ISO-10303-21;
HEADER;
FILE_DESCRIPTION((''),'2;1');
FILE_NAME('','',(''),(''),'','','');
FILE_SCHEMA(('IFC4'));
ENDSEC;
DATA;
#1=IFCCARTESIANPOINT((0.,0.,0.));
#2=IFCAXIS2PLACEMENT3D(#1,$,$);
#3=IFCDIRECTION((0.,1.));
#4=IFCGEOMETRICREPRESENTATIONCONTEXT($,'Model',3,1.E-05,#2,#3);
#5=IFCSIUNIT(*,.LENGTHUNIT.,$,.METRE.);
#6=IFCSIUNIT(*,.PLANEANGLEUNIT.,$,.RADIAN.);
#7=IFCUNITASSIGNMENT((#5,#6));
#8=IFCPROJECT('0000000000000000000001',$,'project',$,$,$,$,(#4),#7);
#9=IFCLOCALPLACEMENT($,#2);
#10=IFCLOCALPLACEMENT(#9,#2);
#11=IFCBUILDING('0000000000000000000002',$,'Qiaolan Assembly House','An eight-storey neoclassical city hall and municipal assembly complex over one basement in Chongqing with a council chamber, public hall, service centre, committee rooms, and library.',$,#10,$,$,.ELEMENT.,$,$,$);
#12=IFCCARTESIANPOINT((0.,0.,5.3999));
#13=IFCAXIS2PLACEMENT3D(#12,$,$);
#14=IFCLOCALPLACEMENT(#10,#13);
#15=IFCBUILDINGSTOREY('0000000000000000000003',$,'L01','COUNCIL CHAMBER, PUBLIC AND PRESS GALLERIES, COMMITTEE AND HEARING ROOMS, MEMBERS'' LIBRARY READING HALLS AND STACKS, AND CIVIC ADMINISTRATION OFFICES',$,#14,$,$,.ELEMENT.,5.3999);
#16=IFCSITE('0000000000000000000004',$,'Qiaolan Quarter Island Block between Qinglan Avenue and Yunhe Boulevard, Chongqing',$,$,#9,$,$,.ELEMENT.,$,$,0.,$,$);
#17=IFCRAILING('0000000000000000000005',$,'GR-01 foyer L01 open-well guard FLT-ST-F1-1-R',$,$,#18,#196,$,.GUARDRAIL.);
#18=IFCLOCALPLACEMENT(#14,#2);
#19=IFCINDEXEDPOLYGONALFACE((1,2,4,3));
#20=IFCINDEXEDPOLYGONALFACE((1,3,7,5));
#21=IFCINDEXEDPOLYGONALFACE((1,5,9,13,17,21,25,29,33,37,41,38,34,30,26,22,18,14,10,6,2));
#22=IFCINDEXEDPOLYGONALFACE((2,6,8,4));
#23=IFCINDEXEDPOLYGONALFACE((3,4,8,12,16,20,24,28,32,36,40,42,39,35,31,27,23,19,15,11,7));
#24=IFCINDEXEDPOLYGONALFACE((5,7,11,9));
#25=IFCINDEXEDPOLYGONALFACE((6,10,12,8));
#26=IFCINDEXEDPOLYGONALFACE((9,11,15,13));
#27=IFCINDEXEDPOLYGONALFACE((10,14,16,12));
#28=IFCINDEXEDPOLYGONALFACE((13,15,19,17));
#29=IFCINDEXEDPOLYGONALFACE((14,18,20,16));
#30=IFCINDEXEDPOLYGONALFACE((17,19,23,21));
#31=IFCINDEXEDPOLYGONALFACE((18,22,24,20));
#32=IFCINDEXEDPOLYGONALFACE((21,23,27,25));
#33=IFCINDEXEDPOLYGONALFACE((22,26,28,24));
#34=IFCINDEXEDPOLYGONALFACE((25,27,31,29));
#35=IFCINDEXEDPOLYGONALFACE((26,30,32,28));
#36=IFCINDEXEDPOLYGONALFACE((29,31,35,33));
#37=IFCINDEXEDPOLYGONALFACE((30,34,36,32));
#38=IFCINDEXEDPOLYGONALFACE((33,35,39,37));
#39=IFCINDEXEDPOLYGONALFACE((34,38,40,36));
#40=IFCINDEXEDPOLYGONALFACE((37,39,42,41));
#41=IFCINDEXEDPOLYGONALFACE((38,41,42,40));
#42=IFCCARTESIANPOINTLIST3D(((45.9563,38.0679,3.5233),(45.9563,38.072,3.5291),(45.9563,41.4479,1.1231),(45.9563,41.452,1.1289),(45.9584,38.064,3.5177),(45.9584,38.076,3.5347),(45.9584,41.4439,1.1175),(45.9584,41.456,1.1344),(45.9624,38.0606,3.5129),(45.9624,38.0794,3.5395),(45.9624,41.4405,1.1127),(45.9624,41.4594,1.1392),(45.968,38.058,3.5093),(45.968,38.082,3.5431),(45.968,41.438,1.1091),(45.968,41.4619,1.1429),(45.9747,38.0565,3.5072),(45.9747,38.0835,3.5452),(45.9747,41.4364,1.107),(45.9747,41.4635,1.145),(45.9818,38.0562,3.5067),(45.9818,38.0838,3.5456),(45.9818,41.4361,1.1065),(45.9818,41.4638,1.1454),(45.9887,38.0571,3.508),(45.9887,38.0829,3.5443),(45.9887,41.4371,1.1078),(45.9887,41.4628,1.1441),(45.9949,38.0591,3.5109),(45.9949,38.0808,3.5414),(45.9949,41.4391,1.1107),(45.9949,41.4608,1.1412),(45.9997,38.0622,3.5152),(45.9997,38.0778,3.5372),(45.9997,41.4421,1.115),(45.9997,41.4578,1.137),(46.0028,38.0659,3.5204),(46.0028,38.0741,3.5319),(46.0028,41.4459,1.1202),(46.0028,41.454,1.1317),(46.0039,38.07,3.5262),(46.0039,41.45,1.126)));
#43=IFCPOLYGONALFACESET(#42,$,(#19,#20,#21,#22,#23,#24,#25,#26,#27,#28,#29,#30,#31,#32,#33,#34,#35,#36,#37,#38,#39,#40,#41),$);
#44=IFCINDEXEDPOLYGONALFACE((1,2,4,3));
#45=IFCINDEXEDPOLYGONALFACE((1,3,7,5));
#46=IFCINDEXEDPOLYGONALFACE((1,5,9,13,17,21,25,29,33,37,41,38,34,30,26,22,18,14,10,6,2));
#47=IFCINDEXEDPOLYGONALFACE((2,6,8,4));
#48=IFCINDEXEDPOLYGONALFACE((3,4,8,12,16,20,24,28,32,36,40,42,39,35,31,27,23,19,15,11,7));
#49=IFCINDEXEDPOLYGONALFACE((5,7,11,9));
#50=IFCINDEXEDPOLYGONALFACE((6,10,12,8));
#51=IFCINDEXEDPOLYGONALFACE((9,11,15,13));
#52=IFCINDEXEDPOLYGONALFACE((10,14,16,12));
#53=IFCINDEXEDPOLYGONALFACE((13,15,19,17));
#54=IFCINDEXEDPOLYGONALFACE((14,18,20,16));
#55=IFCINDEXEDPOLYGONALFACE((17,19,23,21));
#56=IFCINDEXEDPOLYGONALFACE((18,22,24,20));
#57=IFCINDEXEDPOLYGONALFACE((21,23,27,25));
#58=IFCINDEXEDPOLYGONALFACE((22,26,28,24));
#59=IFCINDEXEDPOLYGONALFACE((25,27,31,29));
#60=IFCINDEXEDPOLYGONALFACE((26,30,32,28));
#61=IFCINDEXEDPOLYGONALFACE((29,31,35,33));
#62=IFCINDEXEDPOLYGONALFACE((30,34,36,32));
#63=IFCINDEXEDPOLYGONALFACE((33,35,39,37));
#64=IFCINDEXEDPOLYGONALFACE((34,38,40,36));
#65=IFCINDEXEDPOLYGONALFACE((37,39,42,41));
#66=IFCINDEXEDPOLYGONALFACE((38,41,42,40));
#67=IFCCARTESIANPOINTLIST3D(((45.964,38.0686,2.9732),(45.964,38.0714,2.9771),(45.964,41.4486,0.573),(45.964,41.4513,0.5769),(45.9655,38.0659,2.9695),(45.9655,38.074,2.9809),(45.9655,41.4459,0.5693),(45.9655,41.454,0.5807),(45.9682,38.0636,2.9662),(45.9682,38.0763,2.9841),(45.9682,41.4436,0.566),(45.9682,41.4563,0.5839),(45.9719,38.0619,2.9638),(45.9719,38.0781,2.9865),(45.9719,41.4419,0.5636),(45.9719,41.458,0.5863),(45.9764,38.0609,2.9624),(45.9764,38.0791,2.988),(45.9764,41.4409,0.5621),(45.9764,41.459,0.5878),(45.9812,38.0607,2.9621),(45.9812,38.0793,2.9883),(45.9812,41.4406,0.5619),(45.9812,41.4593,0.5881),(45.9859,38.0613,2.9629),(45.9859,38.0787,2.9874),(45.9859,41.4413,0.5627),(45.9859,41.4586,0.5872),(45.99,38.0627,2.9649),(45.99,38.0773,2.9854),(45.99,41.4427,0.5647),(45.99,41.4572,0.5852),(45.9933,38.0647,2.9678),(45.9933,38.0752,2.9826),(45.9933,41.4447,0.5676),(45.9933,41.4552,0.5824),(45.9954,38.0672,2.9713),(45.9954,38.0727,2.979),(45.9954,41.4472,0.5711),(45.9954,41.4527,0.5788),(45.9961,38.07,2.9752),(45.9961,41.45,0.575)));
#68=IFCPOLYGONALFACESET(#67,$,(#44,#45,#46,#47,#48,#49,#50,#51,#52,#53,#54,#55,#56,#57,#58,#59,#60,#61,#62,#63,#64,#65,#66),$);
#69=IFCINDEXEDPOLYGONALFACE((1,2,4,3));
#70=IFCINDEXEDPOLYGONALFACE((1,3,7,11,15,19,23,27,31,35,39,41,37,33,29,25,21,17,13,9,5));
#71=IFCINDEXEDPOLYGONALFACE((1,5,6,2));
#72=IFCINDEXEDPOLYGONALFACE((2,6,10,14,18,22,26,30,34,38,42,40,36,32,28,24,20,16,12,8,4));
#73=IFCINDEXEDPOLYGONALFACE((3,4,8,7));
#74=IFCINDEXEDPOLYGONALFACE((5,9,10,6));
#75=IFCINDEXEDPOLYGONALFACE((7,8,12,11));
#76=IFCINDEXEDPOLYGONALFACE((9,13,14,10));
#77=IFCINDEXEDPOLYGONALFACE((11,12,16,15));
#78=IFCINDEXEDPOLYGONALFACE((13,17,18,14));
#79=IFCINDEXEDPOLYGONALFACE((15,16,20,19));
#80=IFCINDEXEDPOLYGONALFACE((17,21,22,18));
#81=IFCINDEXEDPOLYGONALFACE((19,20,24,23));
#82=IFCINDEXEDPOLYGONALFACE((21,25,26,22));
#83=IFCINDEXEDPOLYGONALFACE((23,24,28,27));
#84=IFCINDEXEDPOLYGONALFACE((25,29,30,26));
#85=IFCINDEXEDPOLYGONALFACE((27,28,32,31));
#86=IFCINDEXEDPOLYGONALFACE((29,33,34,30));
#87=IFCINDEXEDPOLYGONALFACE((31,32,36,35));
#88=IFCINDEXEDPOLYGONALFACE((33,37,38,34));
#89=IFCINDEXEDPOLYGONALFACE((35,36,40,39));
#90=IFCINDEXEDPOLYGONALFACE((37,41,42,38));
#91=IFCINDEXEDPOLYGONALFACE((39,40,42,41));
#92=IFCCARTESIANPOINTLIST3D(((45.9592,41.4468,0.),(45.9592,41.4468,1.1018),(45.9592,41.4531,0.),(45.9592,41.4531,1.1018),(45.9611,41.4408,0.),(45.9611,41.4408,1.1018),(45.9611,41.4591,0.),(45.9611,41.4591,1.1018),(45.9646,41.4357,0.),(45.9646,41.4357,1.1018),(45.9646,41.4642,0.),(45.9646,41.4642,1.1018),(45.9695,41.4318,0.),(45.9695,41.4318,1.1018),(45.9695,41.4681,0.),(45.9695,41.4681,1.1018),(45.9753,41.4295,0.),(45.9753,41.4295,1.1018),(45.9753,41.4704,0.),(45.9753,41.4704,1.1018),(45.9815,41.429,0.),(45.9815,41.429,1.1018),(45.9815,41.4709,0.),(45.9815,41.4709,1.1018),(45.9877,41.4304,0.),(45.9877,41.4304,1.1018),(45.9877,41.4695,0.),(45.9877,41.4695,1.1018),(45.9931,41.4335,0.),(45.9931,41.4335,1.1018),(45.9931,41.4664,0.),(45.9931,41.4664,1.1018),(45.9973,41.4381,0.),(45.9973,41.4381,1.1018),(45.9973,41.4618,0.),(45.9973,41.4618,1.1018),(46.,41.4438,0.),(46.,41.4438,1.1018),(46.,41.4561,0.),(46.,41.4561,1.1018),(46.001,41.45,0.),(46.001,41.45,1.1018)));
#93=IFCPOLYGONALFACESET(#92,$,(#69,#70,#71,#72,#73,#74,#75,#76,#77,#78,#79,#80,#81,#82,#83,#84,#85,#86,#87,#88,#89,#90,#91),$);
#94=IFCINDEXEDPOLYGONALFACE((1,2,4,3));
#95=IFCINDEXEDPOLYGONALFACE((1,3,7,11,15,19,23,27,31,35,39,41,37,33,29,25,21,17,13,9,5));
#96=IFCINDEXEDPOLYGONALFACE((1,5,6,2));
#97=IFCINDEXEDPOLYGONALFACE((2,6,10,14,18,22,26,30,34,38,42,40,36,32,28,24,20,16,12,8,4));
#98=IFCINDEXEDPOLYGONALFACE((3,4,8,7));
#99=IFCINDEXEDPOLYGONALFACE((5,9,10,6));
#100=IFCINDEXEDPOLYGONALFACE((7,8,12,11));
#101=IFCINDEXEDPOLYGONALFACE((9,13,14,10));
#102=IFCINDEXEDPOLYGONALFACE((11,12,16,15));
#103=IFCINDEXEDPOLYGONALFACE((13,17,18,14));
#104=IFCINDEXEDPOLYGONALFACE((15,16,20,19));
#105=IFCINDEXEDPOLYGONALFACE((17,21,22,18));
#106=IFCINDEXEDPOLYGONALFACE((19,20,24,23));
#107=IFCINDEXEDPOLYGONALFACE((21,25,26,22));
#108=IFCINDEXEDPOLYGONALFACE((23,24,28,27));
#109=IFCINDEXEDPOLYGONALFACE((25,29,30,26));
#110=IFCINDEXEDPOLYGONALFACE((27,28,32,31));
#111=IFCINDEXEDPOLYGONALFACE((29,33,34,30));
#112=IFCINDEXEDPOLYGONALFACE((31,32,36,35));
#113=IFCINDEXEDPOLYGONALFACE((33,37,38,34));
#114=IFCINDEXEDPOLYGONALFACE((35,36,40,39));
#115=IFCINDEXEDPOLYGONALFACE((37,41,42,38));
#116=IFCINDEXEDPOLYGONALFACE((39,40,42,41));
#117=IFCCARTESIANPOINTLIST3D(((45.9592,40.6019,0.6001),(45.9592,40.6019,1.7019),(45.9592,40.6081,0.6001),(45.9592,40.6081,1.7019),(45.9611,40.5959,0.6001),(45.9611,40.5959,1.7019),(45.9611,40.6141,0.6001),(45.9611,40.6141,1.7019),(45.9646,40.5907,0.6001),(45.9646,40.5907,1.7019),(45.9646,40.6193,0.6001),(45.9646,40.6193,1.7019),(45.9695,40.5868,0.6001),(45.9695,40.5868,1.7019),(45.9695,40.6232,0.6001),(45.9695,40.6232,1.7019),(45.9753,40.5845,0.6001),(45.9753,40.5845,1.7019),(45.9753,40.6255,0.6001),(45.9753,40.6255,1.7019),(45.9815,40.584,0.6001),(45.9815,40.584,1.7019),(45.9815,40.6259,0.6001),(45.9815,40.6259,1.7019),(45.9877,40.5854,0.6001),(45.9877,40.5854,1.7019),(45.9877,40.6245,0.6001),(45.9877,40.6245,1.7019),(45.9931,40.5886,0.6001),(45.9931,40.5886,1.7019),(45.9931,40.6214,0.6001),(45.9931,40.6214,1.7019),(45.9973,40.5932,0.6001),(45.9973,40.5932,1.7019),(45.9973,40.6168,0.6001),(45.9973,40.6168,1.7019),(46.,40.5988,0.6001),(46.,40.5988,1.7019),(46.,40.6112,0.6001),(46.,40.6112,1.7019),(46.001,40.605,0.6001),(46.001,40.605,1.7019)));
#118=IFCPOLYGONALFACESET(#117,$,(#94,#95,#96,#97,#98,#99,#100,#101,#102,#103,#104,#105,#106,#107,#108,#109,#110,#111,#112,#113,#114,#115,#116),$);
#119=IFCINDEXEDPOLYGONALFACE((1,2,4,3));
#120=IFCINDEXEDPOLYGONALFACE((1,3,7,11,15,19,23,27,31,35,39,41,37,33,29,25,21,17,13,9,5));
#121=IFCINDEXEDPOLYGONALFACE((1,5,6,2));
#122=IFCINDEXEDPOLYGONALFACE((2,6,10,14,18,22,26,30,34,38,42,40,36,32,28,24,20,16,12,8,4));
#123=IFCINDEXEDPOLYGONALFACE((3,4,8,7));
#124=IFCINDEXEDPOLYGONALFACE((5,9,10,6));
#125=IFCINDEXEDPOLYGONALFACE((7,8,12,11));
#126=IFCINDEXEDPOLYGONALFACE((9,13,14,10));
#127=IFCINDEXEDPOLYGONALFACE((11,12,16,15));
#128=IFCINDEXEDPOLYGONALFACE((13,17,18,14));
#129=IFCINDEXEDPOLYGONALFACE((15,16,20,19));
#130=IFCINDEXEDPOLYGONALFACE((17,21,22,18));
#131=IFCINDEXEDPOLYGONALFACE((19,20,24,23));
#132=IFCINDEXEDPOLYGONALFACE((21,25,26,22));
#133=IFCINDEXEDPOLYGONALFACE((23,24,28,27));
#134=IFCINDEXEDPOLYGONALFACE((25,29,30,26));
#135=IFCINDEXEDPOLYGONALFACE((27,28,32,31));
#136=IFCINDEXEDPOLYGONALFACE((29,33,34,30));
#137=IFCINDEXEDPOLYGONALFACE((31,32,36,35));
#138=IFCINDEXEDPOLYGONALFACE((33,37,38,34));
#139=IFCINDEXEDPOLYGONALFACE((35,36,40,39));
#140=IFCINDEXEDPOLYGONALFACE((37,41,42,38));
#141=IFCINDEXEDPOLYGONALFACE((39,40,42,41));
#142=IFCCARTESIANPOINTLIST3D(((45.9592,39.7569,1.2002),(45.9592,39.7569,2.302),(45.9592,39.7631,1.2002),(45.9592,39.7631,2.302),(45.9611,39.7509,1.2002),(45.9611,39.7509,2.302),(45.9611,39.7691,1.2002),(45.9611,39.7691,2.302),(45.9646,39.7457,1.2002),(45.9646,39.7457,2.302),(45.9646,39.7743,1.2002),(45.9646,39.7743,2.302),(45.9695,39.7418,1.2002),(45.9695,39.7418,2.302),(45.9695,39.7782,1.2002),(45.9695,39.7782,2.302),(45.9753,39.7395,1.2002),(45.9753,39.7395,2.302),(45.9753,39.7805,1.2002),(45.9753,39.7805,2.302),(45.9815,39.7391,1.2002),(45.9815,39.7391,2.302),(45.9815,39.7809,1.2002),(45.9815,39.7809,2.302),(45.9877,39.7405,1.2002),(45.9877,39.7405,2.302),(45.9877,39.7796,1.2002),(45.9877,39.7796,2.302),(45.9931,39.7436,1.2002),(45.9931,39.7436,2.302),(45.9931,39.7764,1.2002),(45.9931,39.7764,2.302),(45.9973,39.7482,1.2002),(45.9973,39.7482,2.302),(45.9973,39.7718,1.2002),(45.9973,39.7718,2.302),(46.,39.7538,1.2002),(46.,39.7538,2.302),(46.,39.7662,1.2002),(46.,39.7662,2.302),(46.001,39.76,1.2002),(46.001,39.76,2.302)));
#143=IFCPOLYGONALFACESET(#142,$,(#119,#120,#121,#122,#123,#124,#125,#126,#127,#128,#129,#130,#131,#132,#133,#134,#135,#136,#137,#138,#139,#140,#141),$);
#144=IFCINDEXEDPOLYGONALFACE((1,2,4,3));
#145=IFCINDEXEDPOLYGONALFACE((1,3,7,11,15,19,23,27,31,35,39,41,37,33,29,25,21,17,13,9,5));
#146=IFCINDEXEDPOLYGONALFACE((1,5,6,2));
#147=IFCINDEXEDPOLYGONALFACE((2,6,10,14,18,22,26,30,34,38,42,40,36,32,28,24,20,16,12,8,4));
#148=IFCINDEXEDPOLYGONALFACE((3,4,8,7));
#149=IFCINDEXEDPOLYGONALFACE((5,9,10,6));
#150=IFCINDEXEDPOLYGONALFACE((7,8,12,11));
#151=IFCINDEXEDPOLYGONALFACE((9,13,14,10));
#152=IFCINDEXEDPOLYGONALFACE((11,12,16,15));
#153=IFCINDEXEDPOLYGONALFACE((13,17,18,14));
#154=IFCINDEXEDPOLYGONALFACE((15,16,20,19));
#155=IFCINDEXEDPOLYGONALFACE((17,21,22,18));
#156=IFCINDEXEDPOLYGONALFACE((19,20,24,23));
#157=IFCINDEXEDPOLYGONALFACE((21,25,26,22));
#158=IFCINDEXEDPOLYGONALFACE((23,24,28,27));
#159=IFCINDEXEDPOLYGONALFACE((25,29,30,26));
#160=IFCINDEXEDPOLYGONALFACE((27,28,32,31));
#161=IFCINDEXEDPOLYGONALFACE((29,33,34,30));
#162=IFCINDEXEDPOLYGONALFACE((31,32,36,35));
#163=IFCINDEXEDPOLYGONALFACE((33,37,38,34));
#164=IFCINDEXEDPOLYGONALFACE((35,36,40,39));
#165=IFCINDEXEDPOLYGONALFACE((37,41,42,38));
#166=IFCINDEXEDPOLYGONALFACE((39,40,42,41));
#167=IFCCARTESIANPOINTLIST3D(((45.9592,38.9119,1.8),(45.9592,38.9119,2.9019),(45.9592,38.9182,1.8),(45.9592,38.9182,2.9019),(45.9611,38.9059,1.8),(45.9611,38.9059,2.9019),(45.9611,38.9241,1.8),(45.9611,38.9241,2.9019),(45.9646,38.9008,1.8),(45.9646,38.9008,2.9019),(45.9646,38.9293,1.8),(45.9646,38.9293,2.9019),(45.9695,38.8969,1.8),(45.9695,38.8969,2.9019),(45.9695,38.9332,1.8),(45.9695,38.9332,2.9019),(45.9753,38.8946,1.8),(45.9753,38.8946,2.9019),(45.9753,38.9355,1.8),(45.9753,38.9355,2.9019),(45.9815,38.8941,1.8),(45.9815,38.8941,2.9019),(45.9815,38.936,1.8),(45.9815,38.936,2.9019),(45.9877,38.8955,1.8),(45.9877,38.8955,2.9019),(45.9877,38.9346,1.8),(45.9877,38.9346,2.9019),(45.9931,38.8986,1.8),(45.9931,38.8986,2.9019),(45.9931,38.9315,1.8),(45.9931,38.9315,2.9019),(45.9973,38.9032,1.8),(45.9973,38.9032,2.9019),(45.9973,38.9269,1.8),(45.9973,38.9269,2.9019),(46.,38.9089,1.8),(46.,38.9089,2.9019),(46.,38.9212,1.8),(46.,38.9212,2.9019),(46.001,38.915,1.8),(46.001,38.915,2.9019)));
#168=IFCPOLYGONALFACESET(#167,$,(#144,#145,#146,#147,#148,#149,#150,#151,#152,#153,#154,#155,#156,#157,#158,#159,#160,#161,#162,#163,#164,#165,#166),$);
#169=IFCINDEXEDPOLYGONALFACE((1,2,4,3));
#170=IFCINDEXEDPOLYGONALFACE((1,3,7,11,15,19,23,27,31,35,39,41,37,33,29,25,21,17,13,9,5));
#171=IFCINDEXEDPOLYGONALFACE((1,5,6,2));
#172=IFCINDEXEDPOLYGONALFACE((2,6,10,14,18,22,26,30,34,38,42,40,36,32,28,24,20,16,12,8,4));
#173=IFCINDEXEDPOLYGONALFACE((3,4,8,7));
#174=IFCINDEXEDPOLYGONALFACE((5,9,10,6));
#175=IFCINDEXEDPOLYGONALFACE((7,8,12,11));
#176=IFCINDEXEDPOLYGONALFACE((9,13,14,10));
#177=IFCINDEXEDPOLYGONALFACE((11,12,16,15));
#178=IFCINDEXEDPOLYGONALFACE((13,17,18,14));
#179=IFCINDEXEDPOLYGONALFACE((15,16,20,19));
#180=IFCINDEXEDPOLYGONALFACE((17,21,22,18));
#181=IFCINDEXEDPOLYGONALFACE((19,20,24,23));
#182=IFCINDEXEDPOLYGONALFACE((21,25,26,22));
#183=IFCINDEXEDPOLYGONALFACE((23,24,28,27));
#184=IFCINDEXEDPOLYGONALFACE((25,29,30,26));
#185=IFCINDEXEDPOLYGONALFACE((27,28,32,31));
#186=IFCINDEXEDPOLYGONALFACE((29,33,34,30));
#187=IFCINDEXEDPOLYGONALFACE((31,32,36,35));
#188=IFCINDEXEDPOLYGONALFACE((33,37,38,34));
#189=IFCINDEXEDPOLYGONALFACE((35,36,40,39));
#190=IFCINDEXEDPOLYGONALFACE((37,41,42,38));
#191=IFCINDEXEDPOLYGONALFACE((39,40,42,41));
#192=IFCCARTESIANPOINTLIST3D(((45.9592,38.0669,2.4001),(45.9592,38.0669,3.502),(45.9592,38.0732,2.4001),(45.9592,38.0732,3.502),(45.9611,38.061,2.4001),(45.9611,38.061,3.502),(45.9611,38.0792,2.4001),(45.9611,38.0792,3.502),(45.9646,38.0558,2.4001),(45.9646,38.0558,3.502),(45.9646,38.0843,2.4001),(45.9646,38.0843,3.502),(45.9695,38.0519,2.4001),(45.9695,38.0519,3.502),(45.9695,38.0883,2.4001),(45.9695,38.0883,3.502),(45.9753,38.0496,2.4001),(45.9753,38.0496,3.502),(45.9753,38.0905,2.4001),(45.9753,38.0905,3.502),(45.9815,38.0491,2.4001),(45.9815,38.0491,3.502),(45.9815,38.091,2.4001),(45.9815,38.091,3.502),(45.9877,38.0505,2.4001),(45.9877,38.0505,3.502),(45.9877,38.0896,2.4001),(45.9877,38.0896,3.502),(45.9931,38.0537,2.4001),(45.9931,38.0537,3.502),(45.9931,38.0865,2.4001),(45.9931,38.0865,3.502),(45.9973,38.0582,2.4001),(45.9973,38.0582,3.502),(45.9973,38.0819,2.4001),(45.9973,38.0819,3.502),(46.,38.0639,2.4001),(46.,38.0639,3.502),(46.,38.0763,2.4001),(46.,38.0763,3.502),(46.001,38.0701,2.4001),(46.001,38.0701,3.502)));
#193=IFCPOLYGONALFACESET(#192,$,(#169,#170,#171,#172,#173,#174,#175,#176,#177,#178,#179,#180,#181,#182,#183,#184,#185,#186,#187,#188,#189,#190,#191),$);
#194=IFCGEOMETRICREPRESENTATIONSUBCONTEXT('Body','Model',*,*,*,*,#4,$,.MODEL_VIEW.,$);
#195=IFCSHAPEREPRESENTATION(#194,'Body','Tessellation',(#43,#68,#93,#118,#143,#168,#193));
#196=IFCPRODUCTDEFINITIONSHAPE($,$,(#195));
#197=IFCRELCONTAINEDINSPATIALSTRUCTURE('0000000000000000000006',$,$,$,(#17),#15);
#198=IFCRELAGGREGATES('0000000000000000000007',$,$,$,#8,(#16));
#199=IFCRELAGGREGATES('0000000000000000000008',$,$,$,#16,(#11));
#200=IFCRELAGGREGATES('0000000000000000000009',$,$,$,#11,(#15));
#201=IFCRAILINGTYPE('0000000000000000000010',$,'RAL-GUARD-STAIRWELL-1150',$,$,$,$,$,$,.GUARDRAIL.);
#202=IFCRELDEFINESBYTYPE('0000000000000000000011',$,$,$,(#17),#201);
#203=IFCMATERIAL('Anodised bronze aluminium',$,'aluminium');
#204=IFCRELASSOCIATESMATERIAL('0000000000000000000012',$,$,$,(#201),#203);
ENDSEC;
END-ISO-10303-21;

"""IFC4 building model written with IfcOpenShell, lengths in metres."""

from ifc_helpers import new_model, si_unit, direction, frame, origin, origin_2d, place, context, subcontext, project, spatial, circle, extrude, material, type_object, element, save


model = new_model("IFC4")

# Units and contexts
model_context = context("Model", 3, precision=1e-05, world=origin(), true_north=direction((0.0, 1.0)))
body_context = subcontext(model_context, "Body", "Model", "MODEL_VIEW")
ifc_project = project(units=[si_unit("LENGTHUNIT", "METRE"), si_unit("PLANEANGLEUNIT", "RADIAN")], contexts=[model_context])

# Site, building, storey
site_placement = place(None, origin())
site = spatial("IfcSite", under=ifc_project, at=site_placement, Name="Qiaolan Quarter Island Block between Qinglan Avenue and Yunhe Boulevard, Chongqing", CompositionType="ELEMENT", RefElevation=0.0)
building_placement = place(site_placement, origin())
building = spatial("IfcBuilding", under=site, at=building_placement, Name="Qiaolan Assembly House", Description="An eight-storey neoclassical city hall and municipal assembly complex over one basement in Chongqing with a council chamber, public hall, service centre, committee rooms, and library.", CompositionType="ELEMENT")
storey_placement = place(building_placement, frame((0.0, 0.0, 5.3999)))
storey = spatial("IfcBuildingStorey", under=building, at=storey_placement, Name="L01", Description="COUNCIL CHAMBER, PUBLIC AND PRESS GALLERIES, COMMITTEE AND HEARING ROOMS, MEMBERS' LIBRARY READING HALLS AND STACKS, AND CIVIC ADMINISTRATION OFFICES", CompositionType="ELEMENT", Elevation=5.3999)

# Railing
ifc_material_1 = material(Name="Anodised bronze aluminium", Category="aluminium")
railing_type_1 = type_object("IfcRailingType", Name="RAL-GUARD-STAIRWELL-1150", PredefinedType="GUARDRAIL", material=ifc_material_1)
railing_1_placement = place(storey_placement, frame((45.98, 41.45, 0.0)))
element("IfcRailing", 1, at=railing_1_placement, inside=storey, type_object=railing_type_1, Name="GR-01 foyer L01 open-well guard FLT-ST-F1-1-R", PredefinedType="GUARDRAIL", context=body_context, shape_type="SweptSolid", body=[
    extrude(circle(Radius=0.0239, at=origin_2d()), frame((0.0, 0.0, 1.126), z_axis=(0.0, -0.815334, 0.578991), x_axis=(1.0, 0.0, 0.0)), (0.0, 0.0, 1.0), 4.1455),
    extrude(circle(Radius=0.0161, at=origin_2d()), frame((0.0, 0.0, 0.575), z_axis=(0.0, -0.815334, 0.578991), x_axis=(1.0, 0.0, 0.0)), (0.0, 0.0, 1.0), 4.1455),
    extrude(circle(Radius=0.021, at=origin_2d()), origin(), (0.0, 0.0, 1.0), 1.1018),
    extrude(circle(Radius=0.021, at=origin_2d()), frame((0.0, -0.845, 0.6001)), (0.0, 0.0, 1.0), 1.1018),
    extrude(circle(Radius=0.021, at=origin_2d()), frame((0.0, -1.6899, 1.2002)), (0.0, 0.0, 1.0), 1.1018),
    extrude(circle(Radius=0.021, at=origin_2d()), frame((0.0, -2.5349, 1.8)), (0.0, 0.0, 1.0), 1.1018),
    extrude(circle(Radius=0.021, at=origin_2d()), frame((0.0, -3.3799, 2.4001)), (0.0, 0.0, 1.0), 1.1018),
])

save(model, "model.ifc")
